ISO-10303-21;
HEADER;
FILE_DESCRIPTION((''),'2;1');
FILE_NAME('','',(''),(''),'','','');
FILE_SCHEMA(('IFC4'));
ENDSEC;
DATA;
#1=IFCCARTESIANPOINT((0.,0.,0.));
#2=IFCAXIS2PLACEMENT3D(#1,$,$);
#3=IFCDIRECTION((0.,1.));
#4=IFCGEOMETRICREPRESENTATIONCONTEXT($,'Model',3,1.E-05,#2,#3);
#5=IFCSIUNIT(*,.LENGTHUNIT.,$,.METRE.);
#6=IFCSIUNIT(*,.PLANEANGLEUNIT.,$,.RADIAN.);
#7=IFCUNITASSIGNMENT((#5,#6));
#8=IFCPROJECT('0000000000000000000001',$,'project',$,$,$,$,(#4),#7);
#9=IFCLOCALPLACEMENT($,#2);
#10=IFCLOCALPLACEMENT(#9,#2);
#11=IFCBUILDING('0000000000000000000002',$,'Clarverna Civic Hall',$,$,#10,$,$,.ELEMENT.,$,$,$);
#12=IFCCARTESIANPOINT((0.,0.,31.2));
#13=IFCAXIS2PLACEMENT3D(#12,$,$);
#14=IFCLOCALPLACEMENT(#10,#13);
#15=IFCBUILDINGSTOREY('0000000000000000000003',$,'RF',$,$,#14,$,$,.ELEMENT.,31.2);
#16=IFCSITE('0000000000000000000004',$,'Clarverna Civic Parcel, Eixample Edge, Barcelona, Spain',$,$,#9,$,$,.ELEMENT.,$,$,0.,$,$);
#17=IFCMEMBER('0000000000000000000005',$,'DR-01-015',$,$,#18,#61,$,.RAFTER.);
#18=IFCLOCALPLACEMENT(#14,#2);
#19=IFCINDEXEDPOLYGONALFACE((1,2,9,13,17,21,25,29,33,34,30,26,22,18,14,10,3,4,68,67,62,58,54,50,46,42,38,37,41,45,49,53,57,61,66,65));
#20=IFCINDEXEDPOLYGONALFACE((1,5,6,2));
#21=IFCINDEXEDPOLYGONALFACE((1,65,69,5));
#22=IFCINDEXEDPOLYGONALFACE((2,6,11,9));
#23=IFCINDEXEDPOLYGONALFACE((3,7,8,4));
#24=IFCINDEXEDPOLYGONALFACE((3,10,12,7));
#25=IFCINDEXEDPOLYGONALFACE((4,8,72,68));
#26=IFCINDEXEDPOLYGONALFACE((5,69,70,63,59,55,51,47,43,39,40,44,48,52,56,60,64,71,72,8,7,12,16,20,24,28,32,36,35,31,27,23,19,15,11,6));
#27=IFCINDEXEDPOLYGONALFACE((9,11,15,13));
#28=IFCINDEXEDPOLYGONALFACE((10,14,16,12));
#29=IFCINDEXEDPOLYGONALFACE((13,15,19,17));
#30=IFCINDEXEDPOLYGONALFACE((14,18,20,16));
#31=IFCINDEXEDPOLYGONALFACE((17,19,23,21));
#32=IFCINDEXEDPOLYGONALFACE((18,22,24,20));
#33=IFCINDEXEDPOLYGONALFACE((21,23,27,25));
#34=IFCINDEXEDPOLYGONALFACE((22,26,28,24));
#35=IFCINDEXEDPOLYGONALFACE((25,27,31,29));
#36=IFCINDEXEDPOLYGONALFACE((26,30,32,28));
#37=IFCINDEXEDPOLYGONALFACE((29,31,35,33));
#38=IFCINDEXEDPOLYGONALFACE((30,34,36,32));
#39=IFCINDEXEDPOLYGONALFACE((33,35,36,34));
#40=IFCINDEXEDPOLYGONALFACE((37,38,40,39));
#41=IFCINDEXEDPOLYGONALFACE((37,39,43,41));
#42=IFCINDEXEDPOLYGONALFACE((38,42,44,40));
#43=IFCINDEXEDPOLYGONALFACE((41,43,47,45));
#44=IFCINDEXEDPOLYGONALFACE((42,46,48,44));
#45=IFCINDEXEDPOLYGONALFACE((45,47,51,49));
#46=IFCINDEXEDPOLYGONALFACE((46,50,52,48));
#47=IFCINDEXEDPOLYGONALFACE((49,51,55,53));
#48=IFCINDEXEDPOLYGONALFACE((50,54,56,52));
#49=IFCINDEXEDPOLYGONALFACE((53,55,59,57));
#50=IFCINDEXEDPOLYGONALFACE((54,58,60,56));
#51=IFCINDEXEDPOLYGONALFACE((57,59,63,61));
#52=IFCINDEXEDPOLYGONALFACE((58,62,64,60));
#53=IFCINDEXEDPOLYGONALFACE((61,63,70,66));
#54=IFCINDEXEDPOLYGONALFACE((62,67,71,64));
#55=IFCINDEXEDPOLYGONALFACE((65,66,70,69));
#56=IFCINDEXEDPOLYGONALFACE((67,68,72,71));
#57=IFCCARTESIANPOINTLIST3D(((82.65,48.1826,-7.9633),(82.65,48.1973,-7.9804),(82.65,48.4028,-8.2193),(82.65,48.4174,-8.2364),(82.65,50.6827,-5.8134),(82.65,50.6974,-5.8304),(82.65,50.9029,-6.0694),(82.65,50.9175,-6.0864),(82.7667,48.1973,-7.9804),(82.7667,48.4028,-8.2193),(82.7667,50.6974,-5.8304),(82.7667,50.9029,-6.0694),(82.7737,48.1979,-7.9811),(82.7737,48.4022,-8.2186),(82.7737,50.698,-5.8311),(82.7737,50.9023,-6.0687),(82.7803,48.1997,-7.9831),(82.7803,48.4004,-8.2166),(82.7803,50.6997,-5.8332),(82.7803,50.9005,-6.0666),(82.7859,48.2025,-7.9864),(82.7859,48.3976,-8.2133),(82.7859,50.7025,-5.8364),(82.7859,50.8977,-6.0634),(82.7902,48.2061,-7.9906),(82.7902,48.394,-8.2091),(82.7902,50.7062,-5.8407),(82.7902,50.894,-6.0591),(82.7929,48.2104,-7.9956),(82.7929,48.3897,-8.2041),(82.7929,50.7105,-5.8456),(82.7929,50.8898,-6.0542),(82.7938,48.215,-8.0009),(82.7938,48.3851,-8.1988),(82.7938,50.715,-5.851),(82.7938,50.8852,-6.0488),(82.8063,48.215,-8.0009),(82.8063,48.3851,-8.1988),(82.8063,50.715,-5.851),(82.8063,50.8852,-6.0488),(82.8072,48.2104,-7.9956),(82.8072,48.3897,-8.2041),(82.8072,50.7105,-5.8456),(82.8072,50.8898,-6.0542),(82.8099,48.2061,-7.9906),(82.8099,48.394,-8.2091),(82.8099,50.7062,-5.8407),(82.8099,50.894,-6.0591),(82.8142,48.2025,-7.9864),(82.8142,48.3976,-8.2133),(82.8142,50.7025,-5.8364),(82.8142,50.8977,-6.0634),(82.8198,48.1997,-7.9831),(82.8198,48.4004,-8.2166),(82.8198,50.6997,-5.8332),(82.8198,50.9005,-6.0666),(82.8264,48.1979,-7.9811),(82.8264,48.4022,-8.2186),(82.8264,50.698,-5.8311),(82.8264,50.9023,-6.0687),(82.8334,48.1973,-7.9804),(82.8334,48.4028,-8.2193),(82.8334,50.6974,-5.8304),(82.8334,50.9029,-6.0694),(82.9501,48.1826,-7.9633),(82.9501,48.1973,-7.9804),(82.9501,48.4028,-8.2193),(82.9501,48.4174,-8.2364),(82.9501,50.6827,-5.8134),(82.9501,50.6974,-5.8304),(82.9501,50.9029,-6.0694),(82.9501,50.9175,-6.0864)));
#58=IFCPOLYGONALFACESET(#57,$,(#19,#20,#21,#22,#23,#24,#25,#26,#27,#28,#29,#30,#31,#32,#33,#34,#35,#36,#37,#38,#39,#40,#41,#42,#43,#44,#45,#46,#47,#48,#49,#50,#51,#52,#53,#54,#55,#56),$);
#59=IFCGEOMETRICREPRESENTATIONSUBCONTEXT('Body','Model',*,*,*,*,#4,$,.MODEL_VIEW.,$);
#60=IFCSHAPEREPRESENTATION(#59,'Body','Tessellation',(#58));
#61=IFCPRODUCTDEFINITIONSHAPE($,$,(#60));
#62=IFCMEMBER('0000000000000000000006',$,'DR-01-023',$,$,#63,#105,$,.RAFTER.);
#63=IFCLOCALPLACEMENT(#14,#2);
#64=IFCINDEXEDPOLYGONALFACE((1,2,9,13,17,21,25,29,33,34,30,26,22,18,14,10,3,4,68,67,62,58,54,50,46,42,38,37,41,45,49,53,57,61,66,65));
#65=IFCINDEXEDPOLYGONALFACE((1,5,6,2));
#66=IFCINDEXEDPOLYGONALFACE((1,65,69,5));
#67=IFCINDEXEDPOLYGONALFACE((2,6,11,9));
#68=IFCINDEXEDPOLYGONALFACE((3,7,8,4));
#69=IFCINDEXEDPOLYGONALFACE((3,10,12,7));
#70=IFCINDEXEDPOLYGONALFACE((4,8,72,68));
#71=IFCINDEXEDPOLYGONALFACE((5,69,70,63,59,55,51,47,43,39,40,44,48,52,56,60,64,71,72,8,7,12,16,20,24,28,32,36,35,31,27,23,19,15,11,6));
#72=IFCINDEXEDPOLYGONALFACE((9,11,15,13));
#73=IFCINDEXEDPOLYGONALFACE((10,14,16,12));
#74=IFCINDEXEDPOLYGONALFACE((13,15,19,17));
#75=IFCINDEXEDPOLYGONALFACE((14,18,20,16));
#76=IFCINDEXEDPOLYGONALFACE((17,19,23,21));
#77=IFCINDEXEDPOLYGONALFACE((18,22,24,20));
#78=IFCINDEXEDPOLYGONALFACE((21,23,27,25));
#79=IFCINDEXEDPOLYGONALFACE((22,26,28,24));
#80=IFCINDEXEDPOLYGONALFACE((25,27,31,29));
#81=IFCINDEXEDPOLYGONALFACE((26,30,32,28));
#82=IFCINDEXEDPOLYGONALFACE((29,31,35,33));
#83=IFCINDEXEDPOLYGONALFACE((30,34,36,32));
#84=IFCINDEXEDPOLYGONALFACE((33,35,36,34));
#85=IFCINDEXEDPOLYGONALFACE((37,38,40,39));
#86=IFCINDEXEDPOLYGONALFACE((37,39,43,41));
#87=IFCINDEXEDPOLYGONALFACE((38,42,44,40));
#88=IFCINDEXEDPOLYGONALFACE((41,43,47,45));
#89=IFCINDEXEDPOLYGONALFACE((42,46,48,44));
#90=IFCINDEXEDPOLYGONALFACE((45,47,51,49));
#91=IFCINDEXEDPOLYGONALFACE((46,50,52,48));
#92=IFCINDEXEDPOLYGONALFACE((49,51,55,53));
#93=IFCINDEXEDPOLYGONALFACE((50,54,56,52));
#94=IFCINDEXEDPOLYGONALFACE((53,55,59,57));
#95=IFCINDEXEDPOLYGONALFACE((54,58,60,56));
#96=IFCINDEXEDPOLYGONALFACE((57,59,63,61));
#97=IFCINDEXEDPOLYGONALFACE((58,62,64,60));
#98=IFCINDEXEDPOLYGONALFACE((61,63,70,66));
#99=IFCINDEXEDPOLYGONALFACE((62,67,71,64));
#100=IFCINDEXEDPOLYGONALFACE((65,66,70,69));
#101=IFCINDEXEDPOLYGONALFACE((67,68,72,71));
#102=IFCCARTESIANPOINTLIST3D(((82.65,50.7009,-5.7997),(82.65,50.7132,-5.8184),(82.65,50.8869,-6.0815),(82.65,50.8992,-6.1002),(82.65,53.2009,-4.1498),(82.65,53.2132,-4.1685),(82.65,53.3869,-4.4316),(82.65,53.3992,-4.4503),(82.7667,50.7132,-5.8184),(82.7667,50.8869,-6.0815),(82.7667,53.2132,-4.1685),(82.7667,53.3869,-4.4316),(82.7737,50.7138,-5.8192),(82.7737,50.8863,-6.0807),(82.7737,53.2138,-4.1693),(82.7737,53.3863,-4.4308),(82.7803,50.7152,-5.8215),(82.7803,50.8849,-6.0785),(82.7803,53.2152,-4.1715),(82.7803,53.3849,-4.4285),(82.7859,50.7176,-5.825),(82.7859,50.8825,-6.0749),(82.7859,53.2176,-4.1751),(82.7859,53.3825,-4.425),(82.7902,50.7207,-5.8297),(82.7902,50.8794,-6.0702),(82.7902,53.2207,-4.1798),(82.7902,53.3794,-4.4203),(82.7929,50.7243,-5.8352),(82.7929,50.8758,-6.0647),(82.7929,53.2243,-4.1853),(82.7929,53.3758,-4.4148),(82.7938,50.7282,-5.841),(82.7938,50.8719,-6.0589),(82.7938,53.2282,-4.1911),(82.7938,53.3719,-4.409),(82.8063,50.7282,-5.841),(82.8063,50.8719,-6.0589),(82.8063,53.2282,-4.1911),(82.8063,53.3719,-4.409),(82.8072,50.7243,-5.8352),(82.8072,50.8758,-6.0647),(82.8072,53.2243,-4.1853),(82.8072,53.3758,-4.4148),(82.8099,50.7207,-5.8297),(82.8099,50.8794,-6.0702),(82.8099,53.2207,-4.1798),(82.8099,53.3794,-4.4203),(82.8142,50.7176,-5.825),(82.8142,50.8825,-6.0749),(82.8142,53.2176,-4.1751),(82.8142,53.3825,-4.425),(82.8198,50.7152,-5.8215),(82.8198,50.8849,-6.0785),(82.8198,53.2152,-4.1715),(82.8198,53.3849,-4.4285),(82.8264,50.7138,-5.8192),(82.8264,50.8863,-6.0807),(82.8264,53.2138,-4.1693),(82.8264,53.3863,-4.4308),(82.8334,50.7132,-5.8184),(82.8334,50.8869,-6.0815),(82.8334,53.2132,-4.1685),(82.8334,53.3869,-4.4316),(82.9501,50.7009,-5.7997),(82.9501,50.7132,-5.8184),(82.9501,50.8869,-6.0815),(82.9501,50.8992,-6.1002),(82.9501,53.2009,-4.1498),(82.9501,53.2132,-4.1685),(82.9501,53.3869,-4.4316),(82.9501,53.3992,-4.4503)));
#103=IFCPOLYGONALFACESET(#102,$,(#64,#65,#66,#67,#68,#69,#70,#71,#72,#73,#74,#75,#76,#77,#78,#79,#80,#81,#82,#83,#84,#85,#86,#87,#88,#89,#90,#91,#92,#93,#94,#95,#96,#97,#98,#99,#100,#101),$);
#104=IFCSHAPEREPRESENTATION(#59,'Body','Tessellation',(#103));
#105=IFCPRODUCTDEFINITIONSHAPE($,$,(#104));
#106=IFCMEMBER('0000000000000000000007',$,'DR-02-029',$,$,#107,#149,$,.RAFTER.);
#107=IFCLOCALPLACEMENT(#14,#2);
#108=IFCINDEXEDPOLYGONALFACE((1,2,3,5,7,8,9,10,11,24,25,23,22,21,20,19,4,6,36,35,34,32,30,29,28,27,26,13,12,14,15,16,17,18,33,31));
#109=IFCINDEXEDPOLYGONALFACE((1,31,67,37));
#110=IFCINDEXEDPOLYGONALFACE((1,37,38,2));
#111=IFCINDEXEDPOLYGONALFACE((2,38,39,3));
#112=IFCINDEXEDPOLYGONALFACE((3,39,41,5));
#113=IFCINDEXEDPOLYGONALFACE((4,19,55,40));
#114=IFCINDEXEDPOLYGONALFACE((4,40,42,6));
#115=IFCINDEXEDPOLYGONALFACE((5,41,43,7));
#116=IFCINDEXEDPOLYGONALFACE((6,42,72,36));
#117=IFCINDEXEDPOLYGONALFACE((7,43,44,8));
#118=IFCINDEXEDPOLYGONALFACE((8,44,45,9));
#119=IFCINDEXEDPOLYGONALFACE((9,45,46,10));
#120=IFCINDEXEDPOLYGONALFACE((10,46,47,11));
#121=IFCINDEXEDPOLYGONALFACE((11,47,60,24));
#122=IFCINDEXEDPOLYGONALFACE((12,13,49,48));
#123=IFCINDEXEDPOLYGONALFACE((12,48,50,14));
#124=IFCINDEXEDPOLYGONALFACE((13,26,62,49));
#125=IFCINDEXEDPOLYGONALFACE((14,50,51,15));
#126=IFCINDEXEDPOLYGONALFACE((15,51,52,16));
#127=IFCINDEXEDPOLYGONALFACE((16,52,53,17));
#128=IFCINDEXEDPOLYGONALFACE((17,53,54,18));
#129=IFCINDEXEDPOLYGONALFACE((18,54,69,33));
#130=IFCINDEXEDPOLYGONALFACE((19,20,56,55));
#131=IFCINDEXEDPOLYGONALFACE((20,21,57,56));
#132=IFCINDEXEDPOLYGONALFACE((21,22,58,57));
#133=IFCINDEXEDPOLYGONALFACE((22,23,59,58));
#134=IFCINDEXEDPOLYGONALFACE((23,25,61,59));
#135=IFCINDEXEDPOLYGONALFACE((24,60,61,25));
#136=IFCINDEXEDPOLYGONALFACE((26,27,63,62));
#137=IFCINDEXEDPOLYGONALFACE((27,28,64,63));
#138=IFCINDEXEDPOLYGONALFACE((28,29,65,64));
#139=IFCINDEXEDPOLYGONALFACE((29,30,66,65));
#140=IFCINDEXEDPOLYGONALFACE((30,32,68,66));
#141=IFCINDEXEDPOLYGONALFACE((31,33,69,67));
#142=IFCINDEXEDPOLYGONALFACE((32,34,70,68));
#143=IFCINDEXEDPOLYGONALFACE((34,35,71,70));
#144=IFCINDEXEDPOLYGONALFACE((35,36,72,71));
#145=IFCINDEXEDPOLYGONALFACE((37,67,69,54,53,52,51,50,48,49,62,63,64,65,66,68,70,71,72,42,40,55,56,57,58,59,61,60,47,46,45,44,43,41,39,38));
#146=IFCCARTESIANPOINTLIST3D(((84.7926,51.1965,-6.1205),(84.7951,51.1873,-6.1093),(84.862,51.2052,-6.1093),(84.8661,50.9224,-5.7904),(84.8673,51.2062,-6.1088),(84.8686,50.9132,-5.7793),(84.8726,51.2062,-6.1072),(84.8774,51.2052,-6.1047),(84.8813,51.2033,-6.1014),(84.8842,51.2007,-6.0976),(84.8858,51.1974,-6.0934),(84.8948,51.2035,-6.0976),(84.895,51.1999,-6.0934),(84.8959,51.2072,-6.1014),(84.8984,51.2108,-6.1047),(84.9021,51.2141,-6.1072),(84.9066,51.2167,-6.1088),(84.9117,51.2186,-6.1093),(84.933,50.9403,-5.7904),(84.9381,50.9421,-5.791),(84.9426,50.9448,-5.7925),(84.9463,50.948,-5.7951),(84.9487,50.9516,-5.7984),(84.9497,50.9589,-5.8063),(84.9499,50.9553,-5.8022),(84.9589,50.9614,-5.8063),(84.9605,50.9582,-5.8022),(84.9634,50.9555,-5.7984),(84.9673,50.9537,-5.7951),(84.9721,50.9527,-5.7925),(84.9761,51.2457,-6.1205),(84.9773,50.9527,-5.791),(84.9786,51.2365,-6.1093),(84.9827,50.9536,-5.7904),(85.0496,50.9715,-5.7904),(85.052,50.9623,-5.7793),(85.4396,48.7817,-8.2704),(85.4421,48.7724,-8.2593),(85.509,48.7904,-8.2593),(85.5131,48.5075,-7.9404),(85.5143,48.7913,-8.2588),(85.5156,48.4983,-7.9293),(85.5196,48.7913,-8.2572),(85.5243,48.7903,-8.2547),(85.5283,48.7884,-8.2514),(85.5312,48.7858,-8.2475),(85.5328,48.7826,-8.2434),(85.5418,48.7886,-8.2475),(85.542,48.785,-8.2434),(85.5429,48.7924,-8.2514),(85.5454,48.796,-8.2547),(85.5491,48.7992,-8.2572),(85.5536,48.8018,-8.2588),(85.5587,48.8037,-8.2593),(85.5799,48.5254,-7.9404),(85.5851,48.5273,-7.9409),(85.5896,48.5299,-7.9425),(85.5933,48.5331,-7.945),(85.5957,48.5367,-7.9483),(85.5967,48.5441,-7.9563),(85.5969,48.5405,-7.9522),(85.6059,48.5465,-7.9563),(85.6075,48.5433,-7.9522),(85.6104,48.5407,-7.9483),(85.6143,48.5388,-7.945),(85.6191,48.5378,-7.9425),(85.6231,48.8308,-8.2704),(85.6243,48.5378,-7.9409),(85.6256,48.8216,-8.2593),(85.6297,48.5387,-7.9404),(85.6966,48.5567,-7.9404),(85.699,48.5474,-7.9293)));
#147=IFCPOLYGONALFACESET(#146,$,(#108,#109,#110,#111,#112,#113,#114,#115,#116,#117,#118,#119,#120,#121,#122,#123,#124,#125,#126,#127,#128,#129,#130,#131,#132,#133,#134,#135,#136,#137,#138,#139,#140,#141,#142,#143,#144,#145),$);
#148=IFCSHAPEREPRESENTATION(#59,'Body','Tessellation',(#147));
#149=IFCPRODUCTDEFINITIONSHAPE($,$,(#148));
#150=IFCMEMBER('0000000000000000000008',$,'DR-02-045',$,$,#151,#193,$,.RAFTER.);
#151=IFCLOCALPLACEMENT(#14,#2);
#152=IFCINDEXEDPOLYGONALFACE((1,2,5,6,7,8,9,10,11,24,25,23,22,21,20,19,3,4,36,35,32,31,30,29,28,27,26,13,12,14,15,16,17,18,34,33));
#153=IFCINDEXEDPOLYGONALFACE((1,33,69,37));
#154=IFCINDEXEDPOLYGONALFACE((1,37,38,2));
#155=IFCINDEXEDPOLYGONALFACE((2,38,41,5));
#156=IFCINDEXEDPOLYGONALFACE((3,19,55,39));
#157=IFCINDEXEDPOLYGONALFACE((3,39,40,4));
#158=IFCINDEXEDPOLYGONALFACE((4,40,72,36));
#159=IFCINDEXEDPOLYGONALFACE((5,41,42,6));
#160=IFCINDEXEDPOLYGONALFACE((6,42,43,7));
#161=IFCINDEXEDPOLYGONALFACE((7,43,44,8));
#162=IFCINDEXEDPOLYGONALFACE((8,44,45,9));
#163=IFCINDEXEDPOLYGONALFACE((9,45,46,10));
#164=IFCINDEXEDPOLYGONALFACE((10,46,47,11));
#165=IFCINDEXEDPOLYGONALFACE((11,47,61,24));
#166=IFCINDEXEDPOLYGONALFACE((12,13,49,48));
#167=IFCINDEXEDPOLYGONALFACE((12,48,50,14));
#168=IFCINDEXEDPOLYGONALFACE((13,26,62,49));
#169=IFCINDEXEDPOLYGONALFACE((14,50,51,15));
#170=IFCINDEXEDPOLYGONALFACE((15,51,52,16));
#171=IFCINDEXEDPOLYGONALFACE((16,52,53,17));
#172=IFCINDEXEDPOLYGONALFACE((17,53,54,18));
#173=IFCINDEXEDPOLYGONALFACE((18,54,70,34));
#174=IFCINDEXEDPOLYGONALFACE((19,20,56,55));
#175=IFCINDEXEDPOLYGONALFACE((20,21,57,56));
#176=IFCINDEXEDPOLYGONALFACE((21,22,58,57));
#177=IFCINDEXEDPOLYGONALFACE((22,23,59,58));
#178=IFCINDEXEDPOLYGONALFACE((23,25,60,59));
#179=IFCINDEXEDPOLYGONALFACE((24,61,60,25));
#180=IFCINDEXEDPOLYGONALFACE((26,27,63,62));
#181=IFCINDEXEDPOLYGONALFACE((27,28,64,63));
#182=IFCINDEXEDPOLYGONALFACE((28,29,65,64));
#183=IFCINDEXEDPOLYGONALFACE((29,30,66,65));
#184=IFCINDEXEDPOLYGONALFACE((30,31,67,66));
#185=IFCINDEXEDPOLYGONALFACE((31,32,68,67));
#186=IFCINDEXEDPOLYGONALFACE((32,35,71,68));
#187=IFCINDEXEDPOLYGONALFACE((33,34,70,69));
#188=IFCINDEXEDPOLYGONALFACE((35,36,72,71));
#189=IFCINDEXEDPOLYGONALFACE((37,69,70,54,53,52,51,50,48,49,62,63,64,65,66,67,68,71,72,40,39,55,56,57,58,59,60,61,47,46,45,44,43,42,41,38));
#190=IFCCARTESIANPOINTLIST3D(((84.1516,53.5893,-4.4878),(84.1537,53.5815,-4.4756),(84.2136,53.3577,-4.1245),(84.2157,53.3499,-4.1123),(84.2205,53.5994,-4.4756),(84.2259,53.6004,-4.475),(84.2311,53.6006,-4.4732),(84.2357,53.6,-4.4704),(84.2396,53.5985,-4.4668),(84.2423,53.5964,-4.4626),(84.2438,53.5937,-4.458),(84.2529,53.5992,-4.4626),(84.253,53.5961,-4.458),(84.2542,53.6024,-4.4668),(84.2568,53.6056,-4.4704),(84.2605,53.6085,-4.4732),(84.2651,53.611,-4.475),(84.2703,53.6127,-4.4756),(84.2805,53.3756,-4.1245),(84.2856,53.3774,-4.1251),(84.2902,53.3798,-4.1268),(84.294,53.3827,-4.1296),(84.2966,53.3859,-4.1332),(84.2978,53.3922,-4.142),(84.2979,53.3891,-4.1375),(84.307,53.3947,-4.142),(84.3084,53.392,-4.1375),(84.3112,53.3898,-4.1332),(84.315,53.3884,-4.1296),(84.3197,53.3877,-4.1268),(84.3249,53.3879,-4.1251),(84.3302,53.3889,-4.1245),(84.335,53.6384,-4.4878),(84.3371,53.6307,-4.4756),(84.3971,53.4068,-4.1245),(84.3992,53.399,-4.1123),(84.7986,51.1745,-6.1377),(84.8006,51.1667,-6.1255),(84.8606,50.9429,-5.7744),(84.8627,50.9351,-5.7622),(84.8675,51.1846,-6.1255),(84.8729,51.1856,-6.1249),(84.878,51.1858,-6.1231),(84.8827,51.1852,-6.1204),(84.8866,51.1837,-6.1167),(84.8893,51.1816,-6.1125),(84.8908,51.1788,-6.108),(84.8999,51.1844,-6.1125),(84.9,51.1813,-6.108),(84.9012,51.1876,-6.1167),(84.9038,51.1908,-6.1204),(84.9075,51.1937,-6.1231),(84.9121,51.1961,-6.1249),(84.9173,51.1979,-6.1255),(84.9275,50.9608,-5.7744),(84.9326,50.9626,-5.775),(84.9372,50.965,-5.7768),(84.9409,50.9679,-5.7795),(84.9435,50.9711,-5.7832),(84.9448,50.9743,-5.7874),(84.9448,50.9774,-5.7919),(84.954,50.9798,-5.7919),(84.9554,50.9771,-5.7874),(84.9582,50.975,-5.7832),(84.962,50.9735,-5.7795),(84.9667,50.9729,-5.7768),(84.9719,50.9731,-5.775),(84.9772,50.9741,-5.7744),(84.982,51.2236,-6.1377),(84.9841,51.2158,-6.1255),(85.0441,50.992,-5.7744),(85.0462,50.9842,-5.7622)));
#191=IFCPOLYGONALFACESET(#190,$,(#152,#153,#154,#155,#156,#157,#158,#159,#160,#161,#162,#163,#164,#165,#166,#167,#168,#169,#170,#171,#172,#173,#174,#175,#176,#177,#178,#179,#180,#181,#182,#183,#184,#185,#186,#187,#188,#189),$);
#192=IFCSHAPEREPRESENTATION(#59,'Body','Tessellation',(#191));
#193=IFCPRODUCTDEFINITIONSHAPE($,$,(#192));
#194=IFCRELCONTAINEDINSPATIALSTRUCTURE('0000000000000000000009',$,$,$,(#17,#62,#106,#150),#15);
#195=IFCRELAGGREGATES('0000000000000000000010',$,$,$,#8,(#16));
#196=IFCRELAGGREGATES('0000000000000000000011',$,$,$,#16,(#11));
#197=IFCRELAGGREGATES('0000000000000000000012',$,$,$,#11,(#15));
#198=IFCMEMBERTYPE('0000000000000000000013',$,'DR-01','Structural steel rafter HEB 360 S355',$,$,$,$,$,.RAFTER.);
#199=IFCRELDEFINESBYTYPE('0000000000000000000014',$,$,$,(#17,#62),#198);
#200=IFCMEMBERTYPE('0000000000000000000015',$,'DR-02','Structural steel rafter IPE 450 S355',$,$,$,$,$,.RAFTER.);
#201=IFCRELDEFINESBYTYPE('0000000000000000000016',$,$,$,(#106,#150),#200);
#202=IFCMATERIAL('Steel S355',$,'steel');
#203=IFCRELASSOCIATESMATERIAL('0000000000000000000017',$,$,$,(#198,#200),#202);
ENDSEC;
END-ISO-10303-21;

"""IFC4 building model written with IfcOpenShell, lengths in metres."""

from ifc_helpers import new_model, si_unit, direction, frame, origin, origin_2d, place, context, subcontext, project, spatial, i_section, extrude, material, material_profile, profile_set, type_object, element, save


model = new_model("IFC4")

# Units and contexts
model_context = context("Model", 3, precision=1e-05, world=origin(), true_north=direction((0.0, 1.0)))
body_context = subcontext(model_context, "Body", "Model", "MODEL_VIEW")
ifc_project = project(units=[si_unit("LENGTHUNIT", "METRE"), si_unit("PLANEANGLEUNIT", "RADIAN")], contexts=[model_context])

# Site, building, storey
site_placement = place(None, origin())
site = spatial("IfcSite", under=ifc_project, at=site_placement, Name="Clarverna Civic Parcel, Eixample Edge, Barcelona, Spain", CompositionType="ELEMENT", RefElevation=0.0)
building_placement = place(site_placement, origin())
building = spatial("IfcBuilding", under=site, at=building_placement, Name="Clarverna Civic Hall", CompositionType="ELEMENT")
storey_placement = place(building_placement, frame((0.0, 0.0, 31.2)))
storey = spatial("IfcBuildingStorey", under=building, at=storey_placement, Name="RF", CompositionType="ELEMENT", Elevation=31.2)

# Members
ifc_material_1 = material(Name="Steel S355", Category="steel")
ifc_material_profile_1 = material_profile(ifc_material_1, i_section(OverallWidth=0.3, OverallDepth=0.3601, WebThickness=0.0125, FlangeThickness=0.0225, FilletRadius=0.0271, at=origin_2d()), Name="HEB 360")
ifc_profile_set_1 = profile_set([ifc_material_profile_1], Name="Steel S355")
member_type_1 = type_object("IfcMemberType", Name="DR-01", Description="Structural steel rafter HEB 360 S355", PredefinedType="RAFTER", material=ifc_profile_set_1)
member_1_placement = place(storey_placement, frame((82.8, 48.3, -8.0999), z_axis=(0.0, 0.7582, 0.652022), x_axis=(-1.0, 0.0, 0.0)))
element("IfcMember", 1, at=member_1_placement, inside=storey, type_object=member_type_1, Name="DR-01-015", PredefinedType="RAFTER", context=body_context, shape_type="SweptSolid", body=[
    extrude(i_section(OverallWidth=0.3, OverallDepth=0.3601, WebThickness=0.0125, FlangeThickness=0.0225, FilletRadius=0.0271, at=origin_2d()), origin(), (0.0, 0.0, 1.0), 3.2974),
])
member_2_placement = place(storey_placement, frame((82.8, 50.8, -5.95), z_axis=(0.0, 0.834624, 0.550819), x_axis=(-1.0, 0.0, 0.0)))
element("IfcMember", 2, at=member_2_placement, inside=storey, type_object=member_type_1, Name="DR-01-023", PredefinedType="RAFTER", context=body_context, shape_type="SweptSolid", body=[
    extrude(i_section(OverallWidth=0.3, OverallDepth=0.3601, WebThickness=0.0125, FlangeThickness=0.0225, FilletRadius=0.0271, at=origin_2d()), origin(), (0.0, 0.0, 1.0), 2.9954),
])
ifc_material_profile_2 = material_profile(ifc_material_1, i_section(OverallWidth=0.1899, OverallDepth=0.45, WebThickness=0.0095, FlangeThickness=0.0146, FilletRadius=0.021, at=origin_2d()), Name="IPE 450")
ifc_profile_set_2 = profile_set([ifc_material_profile_2], Name="Steel S355")
member_type_2 = type_object("IfcMemberType", Name="DR-02", Description="Structural steel rafter IPE 450 S355", PredefinedType="RAFTER", material=ifc_profile_set_2)
member_3_placement = place(storey_placement, frame((85.5693, 48.6646, -8.0999), z_axis=(-0.196216, 0.732365, 0.652028), x_axis=(-0.965933, -0.258793, 0.0)))
element("IfcMember", 3, at=member_3_placement, inside=storey, type_object=member_type_2, Name="DR-02-029", PredefinedType="RAFTER", context=body_context, shape_type="SweptSolid", body=[
    extrude(i_section(OverallWidth=0.1899, OverallDepth=0.45, WebThickness=0.0095, FlangeThickness=0.0146, FilletRadius=0.021, at=origin_2d()), origin(), (0.0, 0.0, 1.0), 3.2974),
])
member_4_placement = place(storey_placement, frame((84.9224, 51.0793, -5.95), z_axis=(-0.215994, 0.806187, 0.550825), x_axis=(-0.965933, -0.258793, 0.0)))
element("IfcMember", 4, at=member_4_placement, inside=storey, type_object=member_type_2, Name="DR-02-045", PredefinedType="RAFTER", context=body_context, shape_type="SweptSolid", body=[
    extrude(i_section(OverallWidth=0.1899, OverallDepth=0.45, WebThickness=0.0095, FlangeThickness=0.0146, FilletRadius=0.021, at=origin_2d()), origin(), (0.0, 0.0, 1.0), 2.9954),
])

save(model, "model.ifc")
